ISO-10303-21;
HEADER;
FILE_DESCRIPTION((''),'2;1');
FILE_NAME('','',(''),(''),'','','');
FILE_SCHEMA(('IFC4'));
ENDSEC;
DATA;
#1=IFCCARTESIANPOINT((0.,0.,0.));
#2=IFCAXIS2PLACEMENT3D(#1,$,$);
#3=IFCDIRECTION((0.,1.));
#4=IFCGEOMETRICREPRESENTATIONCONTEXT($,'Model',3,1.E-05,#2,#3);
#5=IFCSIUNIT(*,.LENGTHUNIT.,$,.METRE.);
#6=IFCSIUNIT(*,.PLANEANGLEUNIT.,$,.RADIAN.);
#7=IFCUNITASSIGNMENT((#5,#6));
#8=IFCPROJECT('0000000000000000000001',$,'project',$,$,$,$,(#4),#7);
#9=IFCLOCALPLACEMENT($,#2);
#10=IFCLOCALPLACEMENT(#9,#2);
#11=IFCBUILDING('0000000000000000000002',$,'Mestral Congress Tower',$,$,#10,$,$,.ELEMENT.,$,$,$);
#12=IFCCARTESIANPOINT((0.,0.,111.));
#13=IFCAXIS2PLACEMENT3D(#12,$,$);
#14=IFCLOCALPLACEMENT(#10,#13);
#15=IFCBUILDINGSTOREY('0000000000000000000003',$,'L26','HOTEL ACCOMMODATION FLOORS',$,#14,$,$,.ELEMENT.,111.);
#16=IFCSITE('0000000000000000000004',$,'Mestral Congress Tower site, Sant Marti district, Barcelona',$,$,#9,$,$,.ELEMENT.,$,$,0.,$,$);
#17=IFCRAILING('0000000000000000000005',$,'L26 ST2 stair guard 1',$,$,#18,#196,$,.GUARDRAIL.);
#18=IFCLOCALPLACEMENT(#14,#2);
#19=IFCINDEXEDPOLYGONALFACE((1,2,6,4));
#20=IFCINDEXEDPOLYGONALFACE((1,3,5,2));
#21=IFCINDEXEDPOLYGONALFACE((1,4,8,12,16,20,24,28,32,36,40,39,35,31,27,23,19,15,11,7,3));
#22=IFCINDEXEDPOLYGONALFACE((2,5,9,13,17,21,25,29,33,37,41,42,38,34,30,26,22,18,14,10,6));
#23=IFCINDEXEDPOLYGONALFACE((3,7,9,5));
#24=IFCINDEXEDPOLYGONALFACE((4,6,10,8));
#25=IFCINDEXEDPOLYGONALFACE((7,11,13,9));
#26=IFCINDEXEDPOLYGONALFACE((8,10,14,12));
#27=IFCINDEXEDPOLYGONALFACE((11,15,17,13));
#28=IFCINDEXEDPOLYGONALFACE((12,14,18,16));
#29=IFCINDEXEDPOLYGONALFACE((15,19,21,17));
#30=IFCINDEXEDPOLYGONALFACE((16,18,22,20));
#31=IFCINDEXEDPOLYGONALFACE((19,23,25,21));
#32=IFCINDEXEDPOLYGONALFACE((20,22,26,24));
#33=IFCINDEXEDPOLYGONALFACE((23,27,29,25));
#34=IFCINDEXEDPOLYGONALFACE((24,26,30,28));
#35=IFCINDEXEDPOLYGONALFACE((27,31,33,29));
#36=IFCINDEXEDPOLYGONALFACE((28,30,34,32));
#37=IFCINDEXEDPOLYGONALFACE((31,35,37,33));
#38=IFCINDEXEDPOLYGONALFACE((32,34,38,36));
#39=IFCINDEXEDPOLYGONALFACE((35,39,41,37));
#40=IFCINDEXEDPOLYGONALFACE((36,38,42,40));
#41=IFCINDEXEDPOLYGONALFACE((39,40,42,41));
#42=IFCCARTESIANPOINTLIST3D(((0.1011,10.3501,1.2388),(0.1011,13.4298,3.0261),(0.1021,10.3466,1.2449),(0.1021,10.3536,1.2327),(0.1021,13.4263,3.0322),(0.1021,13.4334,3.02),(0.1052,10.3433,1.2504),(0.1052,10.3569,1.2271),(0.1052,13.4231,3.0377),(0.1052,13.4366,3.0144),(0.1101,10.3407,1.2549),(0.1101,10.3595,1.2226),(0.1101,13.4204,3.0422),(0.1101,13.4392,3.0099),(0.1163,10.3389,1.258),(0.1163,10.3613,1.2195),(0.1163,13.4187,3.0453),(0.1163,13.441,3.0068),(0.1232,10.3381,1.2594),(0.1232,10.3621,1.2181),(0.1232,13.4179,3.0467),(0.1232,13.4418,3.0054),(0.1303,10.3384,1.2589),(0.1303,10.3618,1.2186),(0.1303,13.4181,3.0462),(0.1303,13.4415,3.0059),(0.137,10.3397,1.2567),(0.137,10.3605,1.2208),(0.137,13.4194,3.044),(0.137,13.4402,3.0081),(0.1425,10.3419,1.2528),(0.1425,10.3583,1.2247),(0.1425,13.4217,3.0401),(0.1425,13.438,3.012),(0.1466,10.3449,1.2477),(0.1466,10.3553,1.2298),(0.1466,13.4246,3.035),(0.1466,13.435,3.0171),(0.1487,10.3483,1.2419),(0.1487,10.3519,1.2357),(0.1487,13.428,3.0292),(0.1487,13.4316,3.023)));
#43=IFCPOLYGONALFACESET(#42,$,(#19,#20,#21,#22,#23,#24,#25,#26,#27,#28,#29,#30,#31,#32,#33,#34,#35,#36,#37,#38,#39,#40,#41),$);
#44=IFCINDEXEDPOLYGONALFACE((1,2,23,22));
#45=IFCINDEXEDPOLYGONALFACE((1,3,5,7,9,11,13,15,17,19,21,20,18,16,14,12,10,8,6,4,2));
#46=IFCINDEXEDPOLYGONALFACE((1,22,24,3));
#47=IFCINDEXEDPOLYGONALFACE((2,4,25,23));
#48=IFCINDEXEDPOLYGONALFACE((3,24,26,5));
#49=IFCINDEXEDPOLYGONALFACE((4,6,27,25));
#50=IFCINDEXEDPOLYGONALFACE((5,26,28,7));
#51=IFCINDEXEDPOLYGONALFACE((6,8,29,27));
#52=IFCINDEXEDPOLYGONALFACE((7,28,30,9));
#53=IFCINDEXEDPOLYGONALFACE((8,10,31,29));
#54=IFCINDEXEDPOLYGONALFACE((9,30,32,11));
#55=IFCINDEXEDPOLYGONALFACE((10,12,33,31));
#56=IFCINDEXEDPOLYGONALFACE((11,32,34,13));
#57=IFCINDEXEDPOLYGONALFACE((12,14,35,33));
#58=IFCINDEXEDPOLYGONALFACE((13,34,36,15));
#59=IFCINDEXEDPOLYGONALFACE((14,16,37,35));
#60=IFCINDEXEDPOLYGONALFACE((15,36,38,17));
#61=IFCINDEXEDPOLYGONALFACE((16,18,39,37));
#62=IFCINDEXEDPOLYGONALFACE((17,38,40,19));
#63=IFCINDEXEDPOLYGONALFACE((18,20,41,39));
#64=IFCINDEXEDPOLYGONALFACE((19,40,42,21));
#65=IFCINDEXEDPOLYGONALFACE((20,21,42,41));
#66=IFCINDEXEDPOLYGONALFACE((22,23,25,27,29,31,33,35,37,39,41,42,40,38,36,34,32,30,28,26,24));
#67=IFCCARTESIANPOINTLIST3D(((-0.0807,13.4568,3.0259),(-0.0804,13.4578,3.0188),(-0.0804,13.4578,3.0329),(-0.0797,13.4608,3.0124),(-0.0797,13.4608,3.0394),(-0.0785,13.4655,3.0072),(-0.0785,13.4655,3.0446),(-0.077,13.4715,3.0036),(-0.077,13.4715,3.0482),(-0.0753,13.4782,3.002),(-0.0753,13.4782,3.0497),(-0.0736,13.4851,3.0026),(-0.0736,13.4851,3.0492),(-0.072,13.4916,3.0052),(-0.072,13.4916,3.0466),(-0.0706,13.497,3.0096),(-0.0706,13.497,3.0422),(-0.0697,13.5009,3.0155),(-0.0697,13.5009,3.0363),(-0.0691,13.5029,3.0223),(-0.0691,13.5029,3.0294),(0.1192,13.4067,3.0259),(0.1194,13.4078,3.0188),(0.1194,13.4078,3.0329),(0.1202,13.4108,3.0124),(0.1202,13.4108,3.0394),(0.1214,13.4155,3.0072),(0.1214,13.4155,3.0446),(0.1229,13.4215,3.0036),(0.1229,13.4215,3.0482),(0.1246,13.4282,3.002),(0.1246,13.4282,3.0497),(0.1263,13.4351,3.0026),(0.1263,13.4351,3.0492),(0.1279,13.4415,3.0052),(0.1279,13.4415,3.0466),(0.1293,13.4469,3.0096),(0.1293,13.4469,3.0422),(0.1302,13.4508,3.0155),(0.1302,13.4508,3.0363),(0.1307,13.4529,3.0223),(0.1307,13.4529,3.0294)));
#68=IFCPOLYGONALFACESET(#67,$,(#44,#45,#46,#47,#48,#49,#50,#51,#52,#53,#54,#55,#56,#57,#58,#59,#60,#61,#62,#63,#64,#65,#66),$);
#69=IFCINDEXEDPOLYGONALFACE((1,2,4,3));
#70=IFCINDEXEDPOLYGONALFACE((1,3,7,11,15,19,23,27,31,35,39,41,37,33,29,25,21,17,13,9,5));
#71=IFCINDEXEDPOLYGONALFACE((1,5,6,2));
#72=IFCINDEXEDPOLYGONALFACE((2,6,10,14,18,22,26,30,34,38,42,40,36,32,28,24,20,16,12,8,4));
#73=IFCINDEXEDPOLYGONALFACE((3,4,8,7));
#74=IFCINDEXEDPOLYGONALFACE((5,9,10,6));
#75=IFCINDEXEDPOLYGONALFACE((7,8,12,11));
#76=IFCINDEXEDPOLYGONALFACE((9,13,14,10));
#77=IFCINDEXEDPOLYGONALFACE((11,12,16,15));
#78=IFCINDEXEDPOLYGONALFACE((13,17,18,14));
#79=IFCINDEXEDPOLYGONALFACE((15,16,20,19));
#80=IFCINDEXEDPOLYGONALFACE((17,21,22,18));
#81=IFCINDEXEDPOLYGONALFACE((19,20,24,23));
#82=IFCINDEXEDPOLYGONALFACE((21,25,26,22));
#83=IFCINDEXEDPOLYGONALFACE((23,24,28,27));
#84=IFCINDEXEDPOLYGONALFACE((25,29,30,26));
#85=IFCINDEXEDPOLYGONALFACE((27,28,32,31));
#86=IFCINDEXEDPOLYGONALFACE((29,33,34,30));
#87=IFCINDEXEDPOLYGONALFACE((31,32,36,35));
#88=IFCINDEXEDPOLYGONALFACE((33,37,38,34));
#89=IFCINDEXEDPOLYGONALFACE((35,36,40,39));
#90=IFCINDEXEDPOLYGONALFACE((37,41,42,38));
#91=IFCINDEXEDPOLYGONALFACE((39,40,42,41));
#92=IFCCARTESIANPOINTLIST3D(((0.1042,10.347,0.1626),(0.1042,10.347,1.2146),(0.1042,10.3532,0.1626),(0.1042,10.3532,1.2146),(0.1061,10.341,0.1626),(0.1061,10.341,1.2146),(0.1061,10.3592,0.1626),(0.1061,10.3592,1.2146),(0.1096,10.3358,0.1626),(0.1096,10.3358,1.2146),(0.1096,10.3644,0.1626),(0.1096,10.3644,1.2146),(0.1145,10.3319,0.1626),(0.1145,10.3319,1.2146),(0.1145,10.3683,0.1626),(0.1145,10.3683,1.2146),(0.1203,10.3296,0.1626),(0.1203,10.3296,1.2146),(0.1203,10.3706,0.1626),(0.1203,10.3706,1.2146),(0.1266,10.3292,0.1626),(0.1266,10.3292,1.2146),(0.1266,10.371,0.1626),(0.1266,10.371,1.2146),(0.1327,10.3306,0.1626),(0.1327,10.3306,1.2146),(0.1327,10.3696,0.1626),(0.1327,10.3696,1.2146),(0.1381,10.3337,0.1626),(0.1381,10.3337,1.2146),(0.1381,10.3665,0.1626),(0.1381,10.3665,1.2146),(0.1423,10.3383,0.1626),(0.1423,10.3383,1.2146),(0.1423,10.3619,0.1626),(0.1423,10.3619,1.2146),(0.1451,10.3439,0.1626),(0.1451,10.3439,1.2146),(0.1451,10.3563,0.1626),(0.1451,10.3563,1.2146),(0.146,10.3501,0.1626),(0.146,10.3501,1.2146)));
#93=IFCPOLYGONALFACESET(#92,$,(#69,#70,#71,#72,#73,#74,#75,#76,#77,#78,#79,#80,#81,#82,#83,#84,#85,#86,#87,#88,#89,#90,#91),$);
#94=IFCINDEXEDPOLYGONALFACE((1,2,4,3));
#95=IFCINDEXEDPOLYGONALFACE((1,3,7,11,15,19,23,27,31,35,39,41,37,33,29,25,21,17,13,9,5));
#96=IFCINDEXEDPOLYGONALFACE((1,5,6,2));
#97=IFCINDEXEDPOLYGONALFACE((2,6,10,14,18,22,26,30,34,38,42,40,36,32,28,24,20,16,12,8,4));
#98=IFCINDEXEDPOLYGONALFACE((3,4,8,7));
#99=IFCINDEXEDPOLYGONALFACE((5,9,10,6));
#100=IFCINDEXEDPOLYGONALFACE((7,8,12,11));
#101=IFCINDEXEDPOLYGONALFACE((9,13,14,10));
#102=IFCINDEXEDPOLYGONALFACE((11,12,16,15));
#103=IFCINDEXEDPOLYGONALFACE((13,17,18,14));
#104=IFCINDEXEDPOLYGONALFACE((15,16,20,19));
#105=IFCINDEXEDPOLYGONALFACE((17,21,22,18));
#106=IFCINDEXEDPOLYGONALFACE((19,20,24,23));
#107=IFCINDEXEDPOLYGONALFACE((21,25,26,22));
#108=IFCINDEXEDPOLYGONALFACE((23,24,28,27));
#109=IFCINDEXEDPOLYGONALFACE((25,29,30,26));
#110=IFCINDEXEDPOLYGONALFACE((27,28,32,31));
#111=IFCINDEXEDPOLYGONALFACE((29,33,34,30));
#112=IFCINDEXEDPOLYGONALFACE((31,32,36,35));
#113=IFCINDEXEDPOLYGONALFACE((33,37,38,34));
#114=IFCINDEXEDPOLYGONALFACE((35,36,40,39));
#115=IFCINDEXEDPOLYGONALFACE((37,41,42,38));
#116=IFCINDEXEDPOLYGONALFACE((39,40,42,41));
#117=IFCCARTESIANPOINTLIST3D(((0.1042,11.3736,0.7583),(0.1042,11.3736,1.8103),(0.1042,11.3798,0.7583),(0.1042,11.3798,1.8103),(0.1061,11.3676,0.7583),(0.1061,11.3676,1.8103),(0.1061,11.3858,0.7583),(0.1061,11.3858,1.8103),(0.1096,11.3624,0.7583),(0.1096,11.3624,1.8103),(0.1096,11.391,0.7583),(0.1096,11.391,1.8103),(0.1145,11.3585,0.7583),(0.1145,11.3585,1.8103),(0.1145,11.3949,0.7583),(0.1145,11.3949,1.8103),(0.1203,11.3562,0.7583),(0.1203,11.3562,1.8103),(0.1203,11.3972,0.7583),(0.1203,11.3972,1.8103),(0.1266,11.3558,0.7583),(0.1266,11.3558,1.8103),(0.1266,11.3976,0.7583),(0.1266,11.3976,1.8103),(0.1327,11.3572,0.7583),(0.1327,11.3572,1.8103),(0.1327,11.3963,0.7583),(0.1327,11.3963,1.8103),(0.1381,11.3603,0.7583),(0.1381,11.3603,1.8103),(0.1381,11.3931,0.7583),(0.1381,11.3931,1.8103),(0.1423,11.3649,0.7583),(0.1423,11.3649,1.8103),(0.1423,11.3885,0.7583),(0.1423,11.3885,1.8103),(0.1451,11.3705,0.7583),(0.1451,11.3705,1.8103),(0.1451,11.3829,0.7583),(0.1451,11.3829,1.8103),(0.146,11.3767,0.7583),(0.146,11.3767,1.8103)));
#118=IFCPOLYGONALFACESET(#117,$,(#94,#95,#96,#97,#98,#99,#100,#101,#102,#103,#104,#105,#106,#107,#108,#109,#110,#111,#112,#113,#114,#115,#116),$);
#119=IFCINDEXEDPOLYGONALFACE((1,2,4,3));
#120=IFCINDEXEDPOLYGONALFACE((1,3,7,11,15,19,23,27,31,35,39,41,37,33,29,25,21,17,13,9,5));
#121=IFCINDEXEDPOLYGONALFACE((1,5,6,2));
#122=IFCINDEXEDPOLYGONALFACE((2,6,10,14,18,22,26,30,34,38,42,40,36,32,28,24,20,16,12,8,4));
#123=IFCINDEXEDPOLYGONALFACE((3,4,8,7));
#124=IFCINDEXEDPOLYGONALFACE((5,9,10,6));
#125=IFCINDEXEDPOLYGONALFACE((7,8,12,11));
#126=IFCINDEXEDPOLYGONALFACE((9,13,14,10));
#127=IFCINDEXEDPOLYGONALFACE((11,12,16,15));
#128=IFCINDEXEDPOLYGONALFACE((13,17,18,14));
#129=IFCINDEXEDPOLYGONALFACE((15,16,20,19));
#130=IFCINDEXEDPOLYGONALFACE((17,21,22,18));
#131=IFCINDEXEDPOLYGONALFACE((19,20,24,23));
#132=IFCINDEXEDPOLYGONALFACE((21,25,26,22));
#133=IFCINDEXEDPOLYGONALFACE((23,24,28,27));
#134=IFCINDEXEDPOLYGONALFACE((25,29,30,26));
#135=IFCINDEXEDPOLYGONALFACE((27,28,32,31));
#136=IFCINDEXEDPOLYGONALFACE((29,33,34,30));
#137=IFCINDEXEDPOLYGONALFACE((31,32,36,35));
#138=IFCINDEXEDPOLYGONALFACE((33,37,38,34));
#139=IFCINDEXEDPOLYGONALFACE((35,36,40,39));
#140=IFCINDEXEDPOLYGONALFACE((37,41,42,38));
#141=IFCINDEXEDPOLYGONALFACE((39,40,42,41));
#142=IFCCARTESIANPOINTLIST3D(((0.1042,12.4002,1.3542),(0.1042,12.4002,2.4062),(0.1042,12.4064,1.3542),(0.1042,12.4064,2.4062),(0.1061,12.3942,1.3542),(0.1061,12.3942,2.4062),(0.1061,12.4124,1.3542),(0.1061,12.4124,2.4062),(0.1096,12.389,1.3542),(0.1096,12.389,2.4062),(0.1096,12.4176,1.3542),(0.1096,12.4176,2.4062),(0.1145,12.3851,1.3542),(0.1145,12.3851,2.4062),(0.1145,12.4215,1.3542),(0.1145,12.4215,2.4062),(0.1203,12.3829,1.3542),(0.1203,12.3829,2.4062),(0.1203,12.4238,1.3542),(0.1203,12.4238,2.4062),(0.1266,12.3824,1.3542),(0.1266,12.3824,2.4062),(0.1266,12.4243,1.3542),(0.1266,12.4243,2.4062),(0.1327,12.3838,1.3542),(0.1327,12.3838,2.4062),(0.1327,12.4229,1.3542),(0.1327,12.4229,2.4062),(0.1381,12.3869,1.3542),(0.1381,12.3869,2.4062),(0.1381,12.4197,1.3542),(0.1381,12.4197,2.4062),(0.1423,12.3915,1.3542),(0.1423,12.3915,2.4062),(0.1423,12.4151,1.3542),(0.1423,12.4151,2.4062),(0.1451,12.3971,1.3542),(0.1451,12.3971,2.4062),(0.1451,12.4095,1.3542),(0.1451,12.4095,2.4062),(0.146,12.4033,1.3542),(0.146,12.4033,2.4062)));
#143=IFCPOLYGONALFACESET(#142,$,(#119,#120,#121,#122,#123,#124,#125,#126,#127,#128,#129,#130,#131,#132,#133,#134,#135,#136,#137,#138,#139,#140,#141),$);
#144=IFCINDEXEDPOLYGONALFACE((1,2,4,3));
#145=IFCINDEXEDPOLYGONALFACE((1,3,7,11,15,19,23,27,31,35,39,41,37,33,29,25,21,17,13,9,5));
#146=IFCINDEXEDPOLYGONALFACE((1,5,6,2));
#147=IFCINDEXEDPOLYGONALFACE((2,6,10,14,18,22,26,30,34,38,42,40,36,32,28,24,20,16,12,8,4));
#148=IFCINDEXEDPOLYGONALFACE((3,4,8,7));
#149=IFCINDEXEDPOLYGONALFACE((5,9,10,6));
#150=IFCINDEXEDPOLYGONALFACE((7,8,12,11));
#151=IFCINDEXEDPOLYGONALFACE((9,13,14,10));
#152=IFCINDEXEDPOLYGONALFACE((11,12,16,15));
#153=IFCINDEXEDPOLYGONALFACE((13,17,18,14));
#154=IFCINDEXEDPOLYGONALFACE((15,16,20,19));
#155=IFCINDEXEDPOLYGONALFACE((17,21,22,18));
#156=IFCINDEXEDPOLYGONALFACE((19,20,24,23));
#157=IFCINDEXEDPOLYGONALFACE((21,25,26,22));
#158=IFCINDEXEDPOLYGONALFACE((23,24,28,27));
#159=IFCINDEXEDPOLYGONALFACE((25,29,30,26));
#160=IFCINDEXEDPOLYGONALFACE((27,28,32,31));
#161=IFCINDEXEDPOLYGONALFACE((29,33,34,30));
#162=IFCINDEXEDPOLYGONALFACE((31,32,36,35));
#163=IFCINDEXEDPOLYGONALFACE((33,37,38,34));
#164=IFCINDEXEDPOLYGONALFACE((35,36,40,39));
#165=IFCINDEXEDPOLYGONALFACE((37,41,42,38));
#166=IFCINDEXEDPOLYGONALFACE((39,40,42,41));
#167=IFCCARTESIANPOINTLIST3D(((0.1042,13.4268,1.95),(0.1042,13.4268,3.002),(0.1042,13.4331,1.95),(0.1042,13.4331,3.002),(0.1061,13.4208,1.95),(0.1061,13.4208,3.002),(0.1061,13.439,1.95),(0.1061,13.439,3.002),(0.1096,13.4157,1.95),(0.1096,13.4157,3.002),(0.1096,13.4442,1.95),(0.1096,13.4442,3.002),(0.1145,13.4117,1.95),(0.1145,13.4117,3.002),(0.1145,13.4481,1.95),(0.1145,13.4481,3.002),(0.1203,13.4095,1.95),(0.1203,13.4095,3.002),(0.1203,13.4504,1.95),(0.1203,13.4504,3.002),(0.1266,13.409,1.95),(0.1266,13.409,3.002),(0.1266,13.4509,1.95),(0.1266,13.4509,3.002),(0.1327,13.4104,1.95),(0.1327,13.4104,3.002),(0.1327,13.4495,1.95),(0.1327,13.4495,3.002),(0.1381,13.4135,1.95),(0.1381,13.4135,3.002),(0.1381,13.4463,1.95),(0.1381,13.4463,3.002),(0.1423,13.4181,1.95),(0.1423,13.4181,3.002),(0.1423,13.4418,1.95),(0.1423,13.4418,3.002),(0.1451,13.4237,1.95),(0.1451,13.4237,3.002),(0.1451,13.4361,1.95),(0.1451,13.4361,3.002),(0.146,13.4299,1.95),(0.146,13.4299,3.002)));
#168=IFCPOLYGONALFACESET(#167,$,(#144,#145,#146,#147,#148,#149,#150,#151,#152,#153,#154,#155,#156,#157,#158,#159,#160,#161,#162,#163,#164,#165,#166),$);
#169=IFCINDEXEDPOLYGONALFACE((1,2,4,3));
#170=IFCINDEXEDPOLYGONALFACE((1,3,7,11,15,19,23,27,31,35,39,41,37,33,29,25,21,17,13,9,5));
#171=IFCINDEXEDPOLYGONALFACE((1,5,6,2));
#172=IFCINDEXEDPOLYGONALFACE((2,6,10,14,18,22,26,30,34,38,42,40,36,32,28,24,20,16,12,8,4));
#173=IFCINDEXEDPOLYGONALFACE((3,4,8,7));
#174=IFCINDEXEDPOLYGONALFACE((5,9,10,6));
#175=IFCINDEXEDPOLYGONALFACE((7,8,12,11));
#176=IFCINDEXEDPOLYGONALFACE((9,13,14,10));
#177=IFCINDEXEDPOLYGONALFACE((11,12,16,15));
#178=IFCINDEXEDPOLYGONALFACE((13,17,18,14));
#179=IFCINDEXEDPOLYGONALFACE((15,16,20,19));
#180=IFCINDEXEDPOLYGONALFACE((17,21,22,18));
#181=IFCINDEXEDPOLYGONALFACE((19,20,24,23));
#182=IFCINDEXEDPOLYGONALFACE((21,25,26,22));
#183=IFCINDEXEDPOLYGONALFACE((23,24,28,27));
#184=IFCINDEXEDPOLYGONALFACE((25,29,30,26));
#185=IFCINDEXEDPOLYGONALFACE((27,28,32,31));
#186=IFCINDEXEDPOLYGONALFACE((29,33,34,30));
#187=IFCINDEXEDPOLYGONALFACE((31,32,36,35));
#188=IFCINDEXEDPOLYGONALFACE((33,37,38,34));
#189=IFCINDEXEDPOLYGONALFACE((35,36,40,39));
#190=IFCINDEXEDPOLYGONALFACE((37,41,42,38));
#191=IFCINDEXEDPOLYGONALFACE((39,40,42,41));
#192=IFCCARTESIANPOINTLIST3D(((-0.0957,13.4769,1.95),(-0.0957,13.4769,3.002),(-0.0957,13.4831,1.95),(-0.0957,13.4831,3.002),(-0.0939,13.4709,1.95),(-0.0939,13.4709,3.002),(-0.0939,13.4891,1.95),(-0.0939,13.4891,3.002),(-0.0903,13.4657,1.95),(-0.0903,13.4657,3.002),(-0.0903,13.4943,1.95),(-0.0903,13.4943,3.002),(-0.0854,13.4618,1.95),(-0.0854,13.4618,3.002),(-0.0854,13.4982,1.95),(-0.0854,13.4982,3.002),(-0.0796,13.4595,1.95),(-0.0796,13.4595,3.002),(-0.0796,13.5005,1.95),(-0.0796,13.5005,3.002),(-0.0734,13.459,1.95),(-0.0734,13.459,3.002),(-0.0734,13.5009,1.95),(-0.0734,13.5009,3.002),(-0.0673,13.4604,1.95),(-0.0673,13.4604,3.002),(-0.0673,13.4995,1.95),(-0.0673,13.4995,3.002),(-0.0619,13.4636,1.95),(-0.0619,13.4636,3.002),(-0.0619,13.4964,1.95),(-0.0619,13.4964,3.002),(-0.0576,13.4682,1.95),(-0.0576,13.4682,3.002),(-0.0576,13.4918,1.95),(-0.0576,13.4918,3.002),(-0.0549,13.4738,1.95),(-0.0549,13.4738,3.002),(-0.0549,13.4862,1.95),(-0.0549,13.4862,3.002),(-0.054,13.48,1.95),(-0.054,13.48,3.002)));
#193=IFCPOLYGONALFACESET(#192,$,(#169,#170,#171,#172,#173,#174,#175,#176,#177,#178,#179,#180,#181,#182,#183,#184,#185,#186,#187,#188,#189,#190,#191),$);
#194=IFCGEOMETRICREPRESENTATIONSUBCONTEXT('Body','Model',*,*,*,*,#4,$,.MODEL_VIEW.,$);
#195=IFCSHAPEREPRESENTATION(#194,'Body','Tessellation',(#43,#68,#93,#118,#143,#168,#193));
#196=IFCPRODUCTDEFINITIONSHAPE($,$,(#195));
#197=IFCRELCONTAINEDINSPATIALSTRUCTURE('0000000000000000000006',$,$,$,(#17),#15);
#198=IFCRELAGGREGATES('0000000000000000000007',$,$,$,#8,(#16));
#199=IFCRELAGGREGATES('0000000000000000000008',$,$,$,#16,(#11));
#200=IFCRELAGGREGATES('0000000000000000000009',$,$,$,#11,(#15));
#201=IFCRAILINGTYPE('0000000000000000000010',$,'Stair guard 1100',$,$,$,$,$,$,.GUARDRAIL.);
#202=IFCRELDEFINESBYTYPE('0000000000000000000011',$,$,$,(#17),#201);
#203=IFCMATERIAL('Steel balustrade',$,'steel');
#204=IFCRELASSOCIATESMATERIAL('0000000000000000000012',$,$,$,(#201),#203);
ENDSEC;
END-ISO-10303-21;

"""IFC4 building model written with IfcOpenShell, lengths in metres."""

from ifc_helpers import new_model, si_unit, direction, frame, origin, origin_2d, place, context, subcontext, project, spatial, circle, extrude, material, type_object, element, save


model = new_model("IFC4")

# Units and contexts
model_context = context("Model", 3, precision=1e-05, world=origin(), true_north=direction((0.0, 1.0)))
body_context = subcontext(model_context, "Body", "Model", "MODEL_VIEW")
ifc_project = project(units=[si_unit("LENGTHUNIT", "METRE"), si_unit("PLANEANGLEUNIT", "RADIAN")], contexts=[model_context])

# Site, building, storey
site_placement = place(None, origin())
site = spatial("IfcSite", under=ifc_project, at=site_placement, Name="Mestral Congress Tower site, Sant Marti district, Barcelona", CompositionType="ELEMENT", RefElevation=0.0)
building_placement = place(site_placement, origin())
building = spatial("IfcBuilding", under=site, at=building_placement, Name="Mestral Congress Tower", CompositionType="ELEMENT")
storey_placement = place(building_placement, frame((0.0, 0.0, 111.0)))
storey = spatial("IfcBuildingStorey", under=building, at=storey_placement, Name="L26", Description="HOTEL ACCOMMODATION FLOORS", CompositionType="ELEMENT", Elevation=111.0)

# Railing
ifc_material_1 = material(Name="Steel balustrade", Category="steel")
railing_type = type_object("IfcRailingType", Name="Stair guard 1100", PredefinedType="GUARDRAIL", material=ifc_material_1)
railing_1_placement = place(storey_placement, frame((0.125, 10.3501, 0.1626)))
element("IfcRailing", 1, at=railing_1_placement, inside=storey, type_object=railing_type, Name="L26 ST2 stair guard 1", PredefinedType="GUARDRAIL", context=body_context, shape_type="SweptSolid", body=[
    extrude(circle(Radius=0.0239, at=origin_2d()), frame((0.0, 0.0, 1.0762), z_axis=(0.0, 0.864903, 0.501939), x_axis=(-1.0, 0.0, 0.0)), (0.0, 0.0, 1.0), 3.5608),
    extrude(circle(Radius=0.0239, at=origin_2d()), frame((0.0, 3.0798, 2.8633), z_axis=(-0.970073, 0.242814, 0.0), x_axis=(-0.242814, -0.970073, 0.0)), (0.0, 0.0, 1.0), 0.2061),
    extrude(circle(Radius=0.021, at=origin_2d()), origin(), (0.0, 0.0, 1.0), 1.052),
    extrude(circle(Radius=0.021, at=origin_2d()), frame((0.0, 1.0266, 0.5957)), (0.0, 0.0, 1.0), 1.052),
    extrude(circle(Radius=0.021, at=origin_2d()), frame((0.0, 2.0532, 1.1917)), (0.0, 0.0, 1.0), 1.052),
    extrude(circle(Radius=0.021, at=origin_2d()), frame((0.0, 3.0798, 1.7874)), (0.0, 0.0, 1.0), 1.052),
    extrude(circle(Radius=0.021, at=origin_2d()), frame((-0.2, 3.1299, 1.7874)), (0.0, 0.0, 1.0), 1.052),
])

save(model, "model.ifc")
